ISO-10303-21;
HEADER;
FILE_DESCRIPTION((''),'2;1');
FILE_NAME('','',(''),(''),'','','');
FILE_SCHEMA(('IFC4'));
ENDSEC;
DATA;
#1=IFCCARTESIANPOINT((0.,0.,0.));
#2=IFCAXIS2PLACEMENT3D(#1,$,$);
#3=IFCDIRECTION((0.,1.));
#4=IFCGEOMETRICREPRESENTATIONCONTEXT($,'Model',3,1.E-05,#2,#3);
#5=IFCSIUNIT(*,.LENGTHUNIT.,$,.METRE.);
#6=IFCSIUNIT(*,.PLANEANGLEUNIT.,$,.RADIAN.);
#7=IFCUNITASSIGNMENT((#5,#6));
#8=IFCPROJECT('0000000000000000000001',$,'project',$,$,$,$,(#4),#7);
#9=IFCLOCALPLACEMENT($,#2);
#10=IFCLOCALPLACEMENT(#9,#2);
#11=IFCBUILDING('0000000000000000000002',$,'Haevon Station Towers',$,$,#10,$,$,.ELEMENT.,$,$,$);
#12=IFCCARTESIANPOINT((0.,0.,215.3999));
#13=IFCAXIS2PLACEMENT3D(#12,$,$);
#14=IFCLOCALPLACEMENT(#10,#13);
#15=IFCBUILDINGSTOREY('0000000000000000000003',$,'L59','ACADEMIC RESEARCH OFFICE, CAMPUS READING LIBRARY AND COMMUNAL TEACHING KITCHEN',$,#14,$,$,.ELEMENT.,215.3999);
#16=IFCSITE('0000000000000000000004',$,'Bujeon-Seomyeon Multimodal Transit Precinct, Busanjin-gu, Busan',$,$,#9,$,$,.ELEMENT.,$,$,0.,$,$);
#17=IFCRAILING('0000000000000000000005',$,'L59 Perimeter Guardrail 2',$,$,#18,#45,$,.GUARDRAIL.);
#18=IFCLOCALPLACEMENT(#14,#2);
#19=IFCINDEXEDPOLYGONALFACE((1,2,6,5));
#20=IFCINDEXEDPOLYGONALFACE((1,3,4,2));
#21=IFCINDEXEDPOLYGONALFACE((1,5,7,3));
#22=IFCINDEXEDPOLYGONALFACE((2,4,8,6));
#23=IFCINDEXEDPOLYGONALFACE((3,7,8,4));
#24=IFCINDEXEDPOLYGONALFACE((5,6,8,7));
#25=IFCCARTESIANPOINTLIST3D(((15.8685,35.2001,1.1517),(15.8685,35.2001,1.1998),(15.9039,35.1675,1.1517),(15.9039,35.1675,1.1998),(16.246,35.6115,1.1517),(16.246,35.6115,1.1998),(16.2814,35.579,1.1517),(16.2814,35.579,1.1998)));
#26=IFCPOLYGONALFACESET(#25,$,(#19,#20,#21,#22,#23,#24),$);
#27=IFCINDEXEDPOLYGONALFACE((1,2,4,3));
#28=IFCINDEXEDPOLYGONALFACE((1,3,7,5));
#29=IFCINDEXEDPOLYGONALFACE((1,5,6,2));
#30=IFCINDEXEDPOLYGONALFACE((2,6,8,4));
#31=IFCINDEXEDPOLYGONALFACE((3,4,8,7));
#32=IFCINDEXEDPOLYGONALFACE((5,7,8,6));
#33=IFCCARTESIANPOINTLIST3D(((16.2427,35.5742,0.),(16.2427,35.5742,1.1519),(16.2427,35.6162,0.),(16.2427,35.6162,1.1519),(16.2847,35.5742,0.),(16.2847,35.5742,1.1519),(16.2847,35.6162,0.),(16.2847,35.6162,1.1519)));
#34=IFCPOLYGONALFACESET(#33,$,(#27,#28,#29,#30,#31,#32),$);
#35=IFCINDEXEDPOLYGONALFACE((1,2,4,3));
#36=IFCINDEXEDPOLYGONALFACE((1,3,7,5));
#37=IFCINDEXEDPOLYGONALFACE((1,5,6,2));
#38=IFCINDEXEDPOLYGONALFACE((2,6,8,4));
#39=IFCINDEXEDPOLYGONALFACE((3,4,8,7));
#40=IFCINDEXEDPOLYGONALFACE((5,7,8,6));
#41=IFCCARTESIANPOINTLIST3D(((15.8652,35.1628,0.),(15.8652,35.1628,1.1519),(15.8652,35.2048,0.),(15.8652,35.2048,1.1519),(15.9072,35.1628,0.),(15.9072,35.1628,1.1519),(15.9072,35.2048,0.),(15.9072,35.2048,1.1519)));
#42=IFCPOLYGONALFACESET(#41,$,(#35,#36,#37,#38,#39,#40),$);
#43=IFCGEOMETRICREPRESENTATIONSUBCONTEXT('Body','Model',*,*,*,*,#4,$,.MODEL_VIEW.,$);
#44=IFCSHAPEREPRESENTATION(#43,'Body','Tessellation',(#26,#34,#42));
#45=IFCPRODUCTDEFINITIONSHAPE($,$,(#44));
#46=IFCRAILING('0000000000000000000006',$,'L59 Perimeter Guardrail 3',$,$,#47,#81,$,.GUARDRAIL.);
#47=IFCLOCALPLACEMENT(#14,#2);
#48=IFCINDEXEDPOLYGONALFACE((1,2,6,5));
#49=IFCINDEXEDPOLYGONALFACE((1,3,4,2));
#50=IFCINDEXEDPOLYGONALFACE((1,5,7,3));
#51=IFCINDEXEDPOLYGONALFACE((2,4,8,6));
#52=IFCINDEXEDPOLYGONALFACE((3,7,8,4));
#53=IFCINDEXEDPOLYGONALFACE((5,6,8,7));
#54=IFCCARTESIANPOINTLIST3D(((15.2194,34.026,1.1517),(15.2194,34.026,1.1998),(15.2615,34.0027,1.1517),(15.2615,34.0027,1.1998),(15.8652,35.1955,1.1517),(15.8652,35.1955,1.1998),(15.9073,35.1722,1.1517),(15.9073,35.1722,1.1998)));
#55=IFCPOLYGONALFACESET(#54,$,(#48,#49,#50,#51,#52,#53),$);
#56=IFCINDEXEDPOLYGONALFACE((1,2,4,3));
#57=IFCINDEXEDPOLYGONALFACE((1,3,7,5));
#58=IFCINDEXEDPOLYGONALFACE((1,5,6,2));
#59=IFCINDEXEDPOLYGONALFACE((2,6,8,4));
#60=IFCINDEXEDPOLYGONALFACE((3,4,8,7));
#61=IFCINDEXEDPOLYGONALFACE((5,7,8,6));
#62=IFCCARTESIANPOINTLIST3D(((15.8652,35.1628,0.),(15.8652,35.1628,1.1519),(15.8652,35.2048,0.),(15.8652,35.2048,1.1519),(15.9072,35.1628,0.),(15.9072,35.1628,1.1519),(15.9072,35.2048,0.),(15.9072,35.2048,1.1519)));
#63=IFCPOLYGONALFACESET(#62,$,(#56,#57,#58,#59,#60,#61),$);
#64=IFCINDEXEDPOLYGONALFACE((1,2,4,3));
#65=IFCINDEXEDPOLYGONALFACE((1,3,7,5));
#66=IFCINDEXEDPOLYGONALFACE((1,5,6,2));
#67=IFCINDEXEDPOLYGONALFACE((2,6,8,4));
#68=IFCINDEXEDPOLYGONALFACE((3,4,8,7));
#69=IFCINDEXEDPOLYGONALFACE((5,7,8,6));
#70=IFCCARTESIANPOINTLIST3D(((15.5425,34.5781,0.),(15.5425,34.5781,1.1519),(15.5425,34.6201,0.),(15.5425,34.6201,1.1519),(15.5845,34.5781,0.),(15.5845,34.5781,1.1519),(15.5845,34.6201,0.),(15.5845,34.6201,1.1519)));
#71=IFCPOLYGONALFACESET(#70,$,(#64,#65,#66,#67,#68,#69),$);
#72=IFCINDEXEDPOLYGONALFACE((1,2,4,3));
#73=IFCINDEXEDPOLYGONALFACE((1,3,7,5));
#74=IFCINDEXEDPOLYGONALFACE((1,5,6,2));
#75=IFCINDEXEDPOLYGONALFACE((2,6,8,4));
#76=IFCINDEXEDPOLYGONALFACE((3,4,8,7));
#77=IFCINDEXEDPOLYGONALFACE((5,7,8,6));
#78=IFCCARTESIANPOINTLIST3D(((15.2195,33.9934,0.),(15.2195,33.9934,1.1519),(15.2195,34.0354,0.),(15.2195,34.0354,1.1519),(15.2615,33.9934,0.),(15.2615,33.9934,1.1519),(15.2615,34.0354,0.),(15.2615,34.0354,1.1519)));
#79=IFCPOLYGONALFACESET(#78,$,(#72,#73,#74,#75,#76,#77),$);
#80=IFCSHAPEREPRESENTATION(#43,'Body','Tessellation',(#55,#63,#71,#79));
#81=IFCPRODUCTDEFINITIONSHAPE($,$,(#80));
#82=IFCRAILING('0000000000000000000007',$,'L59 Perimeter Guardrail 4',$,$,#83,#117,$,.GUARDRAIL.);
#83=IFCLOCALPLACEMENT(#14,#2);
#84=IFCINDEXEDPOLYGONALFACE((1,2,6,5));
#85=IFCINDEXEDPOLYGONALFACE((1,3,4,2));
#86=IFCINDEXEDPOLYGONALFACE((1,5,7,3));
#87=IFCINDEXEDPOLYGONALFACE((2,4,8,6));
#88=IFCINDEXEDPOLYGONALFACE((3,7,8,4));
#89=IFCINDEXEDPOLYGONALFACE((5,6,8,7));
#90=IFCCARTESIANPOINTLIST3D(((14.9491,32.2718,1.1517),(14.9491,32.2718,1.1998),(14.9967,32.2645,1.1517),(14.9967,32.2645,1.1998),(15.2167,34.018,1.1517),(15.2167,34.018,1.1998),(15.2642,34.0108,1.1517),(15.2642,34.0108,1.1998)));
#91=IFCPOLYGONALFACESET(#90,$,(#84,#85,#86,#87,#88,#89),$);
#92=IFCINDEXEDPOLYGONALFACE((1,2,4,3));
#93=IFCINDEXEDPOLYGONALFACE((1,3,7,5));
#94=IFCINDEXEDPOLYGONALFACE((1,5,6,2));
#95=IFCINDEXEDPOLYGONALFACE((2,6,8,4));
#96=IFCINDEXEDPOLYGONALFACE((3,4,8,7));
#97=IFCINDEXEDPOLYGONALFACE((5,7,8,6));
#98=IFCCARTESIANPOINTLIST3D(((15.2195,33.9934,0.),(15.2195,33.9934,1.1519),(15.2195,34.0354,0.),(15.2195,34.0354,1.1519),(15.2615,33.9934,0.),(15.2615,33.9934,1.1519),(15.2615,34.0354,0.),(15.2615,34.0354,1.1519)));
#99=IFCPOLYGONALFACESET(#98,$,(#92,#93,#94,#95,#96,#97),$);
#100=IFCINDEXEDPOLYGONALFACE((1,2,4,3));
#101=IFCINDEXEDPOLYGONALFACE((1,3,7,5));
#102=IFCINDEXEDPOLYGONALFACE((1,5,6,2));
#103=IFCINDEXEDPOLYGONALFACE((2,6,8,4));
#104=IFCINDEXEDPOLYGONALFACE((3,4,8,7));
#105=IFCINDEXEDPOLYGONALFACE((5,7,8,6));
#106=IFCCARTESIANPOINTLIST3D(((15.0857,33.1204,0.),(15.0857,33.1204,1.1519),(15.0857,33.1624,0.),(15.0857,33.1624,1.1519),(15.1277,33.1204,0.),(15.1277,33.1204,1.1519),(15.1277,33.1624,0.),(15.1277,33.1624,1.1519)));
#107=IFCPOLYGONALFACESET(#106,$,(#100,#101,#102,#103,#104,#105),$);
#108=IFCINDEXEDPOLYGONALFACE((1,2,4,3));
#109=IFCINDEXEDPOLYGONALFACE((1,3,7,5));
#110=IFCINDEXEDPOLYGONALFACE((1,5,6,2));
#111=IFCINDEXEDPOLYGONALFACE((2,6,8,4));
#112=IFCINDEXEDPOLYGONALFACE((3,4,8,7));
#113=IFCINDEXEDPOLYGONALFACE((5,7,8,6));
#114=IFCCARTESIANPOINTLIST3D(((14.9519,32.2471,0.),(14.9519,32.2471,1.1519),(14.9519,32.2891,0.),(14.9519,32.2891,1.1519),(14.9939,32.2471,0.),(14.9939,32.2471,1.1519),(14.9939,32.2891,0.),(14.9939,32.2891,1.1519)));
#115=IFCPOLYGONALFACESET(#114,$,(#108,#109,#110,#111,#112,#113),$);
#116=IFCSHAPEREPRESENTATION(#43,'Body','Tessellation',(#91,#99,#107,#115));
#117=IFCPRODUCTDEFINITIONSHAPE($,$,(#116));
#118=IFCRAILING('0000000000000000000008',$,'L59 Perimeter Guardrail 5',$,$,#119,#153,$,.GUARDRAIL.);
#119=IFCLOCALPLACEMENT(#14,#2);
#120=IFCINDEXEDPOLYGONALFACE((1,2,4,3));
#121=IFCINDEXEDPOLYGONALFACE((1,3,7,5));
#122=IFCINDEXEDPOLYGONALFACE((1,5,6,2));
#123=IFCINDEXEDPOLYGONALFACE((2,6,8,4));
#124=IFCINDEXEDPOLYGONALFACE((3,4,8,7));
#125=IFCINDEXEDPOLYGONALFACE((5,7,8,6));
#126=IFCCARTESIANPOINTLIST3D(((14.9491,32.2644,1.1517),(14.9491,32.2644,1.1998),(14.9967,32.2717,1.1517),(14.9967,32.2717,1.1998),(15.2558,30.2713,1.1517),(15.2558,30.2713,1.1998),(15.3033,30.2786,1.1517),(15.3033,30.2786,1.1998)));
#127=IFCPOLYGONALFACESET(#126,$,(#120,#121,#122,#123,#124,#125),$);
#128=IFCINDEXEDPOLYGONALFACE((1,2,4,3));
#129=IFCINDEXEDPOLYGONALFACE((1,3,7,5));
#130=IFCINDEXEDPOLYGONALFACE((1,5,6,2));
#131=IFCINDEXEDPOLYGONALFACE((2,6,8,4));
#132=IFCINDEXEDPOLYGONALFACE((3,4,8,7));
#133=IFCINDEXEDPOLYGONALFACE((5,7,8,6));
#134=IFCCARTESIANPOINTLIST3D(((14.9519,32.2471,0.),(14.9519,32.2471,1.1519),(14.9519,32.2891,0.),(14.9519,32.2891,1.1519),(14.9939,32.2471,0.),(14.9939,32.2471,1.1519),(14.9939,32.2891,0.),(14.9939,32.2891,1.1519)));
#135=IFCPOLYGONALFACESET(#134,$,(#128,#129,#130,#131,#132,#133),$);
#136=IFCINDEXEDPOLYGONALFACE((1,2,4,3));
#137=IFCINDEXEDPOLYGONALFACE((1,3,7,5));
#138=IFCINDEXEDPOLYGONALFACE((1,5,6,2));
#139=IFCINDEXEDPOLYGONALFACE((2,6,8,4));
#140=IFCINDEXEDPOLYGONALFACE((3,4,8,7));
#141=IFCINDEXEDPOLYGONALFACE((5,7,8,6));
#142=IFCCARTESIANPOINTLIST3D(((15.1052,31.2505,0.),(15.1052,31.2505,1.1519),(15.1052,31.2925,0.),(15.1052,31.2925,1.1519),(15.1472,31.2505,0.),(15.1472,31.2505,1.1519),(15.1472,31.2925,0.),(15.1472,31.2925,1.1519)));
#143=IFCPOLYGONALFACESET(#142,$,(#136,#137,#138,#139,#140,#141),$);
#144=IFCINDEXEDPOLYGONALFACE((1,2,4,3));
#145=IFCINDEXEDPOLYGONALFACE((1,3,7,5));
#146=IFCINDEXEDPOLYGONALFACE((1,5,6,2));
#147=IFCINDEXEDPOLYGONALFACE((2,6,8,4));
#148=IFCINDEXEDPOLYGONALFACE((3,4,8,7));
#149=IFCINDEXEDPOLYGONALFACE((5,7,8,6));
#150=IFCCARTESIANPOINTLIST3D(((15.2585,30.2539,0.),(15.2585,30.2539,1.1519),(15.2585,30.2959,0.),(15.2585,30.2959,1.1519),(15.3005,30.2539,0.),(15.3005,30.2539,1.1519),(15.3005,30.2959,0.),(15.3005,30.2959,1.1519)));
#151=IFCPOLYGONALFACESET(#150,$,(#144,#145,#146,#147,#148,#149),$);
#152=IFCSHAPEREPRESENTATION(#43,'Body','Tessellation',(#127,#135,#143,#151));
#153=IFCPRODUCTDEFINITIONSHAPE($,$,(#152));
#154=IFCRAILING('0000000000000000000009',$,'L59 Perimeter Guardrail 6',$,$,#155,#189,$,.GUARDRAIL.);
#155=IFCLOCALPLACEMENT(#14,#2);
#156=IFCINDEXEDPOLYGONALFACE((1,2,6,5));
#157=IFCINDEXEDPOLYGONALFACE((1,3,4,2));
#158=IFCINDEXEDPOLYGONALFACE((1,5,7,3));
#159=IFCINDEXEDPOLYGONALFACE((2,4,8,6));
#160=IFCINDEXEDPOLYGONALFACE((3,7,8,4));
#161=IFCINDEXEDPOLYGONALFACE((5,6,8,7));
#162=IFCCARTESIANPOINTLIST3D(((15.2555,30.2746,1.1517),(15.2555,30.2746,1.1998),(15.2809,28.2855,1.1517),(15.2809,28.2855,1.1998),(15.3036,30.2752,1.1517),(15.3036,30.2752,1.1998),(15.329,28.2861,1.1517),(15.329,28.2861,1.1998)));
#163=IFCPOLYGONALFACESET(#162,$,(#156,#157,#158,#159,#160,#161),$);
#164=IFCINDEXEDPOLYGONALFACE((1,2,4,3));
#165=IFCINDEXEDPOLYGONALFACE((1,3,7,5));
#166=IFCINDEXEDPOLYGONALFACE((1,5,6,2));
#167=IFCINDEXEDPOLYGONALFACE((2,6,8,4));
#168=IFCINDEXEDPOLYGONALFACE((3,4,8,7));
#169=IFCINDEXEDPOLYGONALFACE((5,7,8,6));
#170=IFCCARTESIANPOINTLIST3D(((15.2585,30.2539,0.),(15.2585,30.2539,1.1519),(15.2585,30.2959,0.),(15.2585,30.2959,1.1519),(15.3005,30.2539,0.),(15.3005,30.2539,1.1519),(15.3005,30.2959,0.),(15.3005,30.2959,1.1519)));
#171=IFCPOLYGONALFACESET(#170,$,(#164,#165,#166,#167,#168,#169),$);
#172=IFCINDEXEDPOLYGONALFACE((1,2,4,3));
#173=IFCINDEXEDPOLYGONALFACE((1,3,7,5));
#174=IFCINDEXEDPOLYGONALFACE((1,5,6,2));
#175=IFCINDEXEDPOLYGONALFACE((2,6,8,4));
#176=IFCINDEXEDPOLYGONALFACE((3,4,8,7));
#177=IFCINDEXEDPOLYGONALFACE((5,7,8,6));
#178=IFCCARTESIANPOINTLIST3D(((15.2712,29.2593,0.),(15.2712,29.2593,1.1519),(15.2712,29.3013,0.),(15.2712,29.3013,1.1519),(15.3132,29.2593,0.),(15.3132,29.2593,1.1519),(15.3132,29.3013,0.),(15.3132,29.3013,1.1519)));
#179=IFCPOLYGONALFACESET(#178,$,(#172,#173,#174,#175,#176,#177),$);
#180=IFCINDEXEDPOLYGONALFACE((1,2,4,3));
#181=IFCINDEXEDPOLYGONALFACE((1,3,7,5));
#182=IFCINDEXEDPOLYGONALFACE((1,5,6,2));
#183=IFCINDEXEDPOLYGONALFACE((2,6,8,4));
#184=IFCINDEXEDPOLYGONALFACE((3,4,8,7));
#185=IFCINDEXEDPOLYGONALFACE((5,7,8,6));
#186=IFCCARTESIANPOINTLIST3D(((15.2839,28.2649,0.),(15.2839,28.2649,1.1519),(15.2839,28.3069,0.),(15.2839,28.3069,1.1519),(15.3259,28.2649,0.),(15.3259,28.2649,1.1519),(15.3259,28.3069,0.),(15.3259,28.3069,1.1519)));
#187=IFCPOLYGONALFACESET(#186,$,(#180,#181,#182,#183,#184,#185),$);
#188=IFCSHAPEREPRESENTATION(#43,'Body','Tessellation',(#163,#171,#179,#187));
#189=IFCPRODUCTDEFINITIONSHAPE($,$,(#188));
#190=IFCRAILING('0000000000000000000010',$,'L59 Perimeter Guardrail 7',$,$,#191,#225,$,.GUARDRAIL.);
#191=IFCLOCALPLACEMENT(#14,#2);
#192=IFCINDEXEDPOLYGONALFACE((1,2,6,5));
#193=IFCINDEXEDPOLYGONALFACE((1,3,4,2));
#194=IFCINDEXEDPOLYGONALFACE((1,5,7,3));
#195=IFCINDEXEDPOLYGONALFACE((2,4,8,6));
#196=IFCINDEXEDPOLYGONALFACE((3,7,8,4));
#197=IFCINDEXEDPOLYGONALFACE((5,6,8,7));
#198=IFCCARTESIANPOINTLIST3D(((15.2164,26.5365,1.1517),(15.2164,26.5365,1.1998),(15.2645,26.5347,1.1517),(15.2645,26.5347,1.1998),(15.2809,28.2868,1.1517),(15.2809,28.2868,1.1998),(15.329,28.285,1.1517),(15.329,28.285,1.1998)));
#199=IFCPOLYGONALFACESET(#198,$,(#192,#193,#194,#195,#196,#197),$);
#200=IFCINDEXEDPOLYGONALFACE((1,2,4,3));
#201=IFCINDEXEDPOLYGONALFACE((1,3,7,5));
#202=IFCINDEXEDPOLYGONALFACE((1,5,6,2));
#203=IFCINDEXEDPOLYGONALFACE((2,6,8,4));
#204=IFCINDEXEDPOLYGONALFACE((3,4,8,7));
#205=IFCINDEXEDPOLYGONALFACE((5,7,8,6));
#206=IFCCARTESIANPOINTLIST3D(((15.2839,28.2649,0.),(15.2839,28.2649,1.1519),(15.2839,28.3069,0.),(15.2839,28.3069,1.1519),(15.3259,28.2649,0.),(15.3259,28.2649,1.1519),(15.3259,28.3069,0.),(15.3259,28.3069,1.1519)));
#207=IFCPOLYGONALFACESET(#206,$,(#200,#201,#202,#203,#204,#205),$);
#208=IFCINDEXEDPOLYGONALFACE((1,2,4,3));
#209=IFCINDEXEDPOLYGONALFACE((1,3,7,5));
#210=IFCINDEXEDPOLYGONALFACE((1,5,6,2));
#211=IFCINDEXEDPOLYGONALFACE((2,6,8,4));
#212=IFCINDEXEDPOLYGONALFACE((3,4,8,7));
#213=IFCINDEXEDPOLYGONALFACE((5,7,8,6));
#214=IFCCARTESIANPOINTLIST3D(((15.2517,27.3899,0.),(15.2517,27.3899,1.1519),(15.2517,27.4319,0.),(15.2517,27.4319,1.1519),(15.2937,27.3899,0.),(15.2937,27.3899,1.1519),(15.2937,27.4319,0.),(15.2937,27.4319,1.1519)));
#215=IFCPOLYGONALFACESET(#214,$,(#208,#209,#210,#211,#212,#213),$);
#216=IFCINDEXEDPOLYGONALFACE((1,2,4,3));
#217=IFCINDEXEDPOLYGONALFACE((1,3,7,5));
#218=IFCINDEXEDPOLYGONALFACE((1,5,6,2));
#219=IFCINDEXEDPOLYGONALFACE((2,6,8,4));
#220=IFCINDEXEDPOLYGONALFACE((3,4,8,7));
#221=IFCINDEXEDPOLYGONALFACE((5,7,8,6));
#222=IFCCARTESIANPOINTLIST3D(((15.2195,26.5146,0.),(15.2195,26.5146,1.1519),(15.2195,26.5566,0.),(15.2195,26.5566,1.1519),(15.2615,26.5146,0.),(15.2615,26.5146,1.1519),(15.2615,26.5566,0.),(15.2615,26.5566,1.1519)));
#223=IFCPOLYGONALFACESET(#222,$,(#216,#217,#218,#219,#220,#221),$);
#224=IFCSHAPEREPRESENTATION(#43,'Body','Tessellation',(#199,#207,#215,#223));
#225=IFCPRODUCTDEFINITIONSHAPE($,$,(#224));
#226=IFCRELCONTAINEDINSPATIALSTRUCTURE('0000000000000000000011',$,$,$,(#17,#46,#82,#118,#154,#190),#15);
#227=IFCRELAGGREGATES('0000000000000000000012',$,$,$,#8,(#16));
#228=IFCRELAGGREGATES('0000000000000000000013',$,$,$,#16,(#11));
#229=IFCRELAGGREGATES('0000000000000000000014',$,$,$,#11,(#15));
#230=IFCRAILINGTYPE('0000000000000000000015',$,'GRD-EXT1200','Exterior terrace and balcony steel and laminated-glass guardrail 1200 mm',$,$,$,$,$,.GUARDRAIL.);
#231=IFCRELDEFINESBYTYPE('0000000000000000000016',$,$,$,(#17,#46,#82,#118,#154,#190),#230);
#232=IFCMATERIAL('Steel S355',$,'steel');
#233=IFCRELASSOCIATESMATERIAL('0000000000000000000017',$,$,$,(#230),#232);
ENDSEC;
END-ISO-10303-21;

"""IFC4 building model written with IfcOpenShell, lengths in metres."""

from ifc_helpers import new_model, si_unit, direction, frame, origin, origin_2d, place, context, subcontext, project, spatial, rectangle, extrude, material, type_object, element, save


model = new_model("IFC4")

# Units and contexts
model_context = context("Model", 3, precision=1e-05, world=origin(), true_north=direction((0.0, 1.0)))
body_context = subcontext(model_context, "Body", "Model", "MODEL_VIEW")
ifc_project = project(units=[si_unit("LENGTHUNIT", "METRE"), si_unit("PLANEANGLEUNIT", "RADIAN")], contexts=[model_context])

# Site, building, storey
site_placement = place(None, origin())
site = spatial("IfcSite", under=ifc_project, at=site_placement, Name="Bujeon-Seomyeon Multimodal Transit Precinct, Busanjin-gu, Busan", CompositionType="ELEMENT", RefElevation=0.0)
building_placement = place(site_placement, origin())
building = spatial("IfcBuilding", under=site, at=building_placement, Name="Haevon Station Towers", CompositionType="ELEMENT")
storey_placement = place(building_placement, frame((0.0, 0.0, 215.3999)))
storey = spatial("IfcBuildingStorey", under=building, at=storey_placement, Name="L59", Description="ACADEMIC RESEARCH OFFICE, CAMPUS READING LIBRARY AND COMMUNAL TEACHING KITCHEN", CompositionType="ELEMENT", Elevation=215.3999)

# Shared definitions
ifc_material_1 = material(Name="Steel S355", Category="steel")

# Railings
railing_type = type_object("IfcRailingType", Name="GRD-EXT1200", Description="Exterior terrace and balcony steel and laminated-glass guardrail 1200 mm", PredefinedType="GUARDRAIL", material=ifc_material_1)
railing_1_placement = place(storey_placement, frame((16.2637, 35.5952, 0.0)))
element("IfcRailing", 1, at=railing_1_placement, inside=storey, type_object=railing_type, Name="L59 Perimeter Guardrail 2", PredefinedType="GUARDRAIL", context=body_context, shape_type="SweptSolid", body=[
    extrude(rectangle(XDim=0.0481, YDim=0.0481, at=origin_2d()), frame((0.0, 0.0, 1.1758), z_axis=(-0.676061, -0.736845, 0.0), x_axis=(0.736845, -0.676061, 0.0)), (0.0, 0.0, 1.0), 0.5583),
    extrude(rectangle(XDim=0.042, YDim=0.042, at=origin_2d()), origin(), (0.0, 0.0, 1.0), 1.1519),
    extrude(rectangle(XDim=0.042, YDim=0.042, at=origin_2d()), frame((-0.3774, -0.4114, 0.0)), (0.0, 0.0, 1.0), 1.1519),
])
railing_2_placement = place(storey_placement, frame((15.8862, 35.1838, 0.0)))
element("IfcRailing", 2, at=railing_2_placement, inside=storey, type_object=railing_type, Name="L59 Perimeter Guardrail 3", PredefinedType="GUARDRAIL", context=body_context, shape_type="SweptSolid", body=[
    extrude(rectangle(XDim=0.0481, YDim=0.0481, at=origin_2d()), frame((0.0, 0.0, 1.1758), z_axis=(-0.483391, -0.875404, 0.0), x_axis=(0.875404, -0.483391, 0.0)), (0.0, 0.0, 1.0), 1.3359),
    extrude(rectangle(XDim=0.042, YDim=0.042, at=origin_2d()), origin(), (0.0, 0.0, 1.0), 1.1519),
    extrude(rectangle(XDim=0.042, YDim=0.042, at=origin_2d()), frame((-0.3228, -0.5847, 0.0)), (0.0, 0.0, 1.0), 1.1519),
    extrude(rectangle(XDim=0.042, YDim=0.042, at=origin_2d()), frame((-0.6458, -1.1694, 0.0)), (0.0, 0.0, 1.0), 1.1519),
])
railing_3_placement = place(storey_placement, frame((15.2405, 34.0144, 0.0)))
element("IfcRailing", 3, at=railing_3_placement, inside=storey, type_object=railing_type, Name="L59 Perimeter Guardrail 4", PredefinedType="GUARDRAIL", context=body_context, shape_type="SweptSolid", body=[
    extrude(rectangle(XDim=0.0481, YDim=0.0481, at=origin_2d()), frame((0.0, 0.0, 1.1758), z_axis=(-0.151455, -0.988464, 0.0), x_axis=(0.988464, -0.151455, 0.0)), (0.0, 0.0, 1.0), 1.7666),
    extrude(rectangle(XDim=0.042, YDim=0.042, at=origin_2d()), origin(), (0.0, 0.0, 1.0), 1.1519),
    extrude(rectangle(XDim=0.042, YDim=0.042, at=origin_2d()), frame((-0.1338, -0.873, 0.0)), (0.0, 0.0, 1.0), 1.1519),
    extrude(rectangle(XDim=0.042, YDim=0.042, at=origin_2d()), frame((-0.2676, -1.7463, 0.0)), (0.0, 0.0, 1.0), 1.1519),
])
railing_4_placement = place(storey_placement, frame((14.9729, 32.2681, 0.0)))
element("IfcRailing", 4, at=railing_4_placement, inside=storey, type_object=railing_type, Name="L59 Perimeter Guardrail 5", PredefinedType="GUARDRAIL", context=body_context, shape_type="SweptSolid", body=[
    extrude(rectangle(XDim=0.0481, YDim=0.0481, at=origin_2d()), frame((0.0, 0.0, 1.1758), z_axis=(0.152057, -0.988372, 0.0), x_axis=(0.988372, 0.152057, 0.0)), (0.0, 0.0, 1.0), 2.0166),
    extrude(rectangle(XDim=0.042, YDim=0.042, at=origin_2d()), origin(), (0.0, 0.0, 1.0), 1.1519),
    extrude(rectangle(XDim=0.042, YDim=0.042, at=origin_2d()), frame((0.1533, -0.9966, 0.0)), (0.0, 0.0, 1.0), 1.1519),
    extrude(rectangle(XDim=0.042, YDim=0.042, at=origin_2d()), frame((0.3066, -1.9932, 0.0)), (0.0, 0.0, 1.0), 1.1519),
])
railing_5_placement = place(storey_placement, frame((15.2795, 30.2749, 0.0)))
element("IfcRailing", 5, at=railing_5_placement, inside=storey, type_object=railing_type, Name="L59 Perimeter Guardrail 6", PredefinedType="GUARDRAIL", context=body_context, shape_type="SweptSolid", body=[
    extrude(rectangle(XDim=0.0481, YDim=0.0481, at=origin_2d()), frame((0.0, 0.0, 1.1758), z_axis=(0.012764, -0.999919, 0.0), x_axis=(0.999919, 0.012764, 0.0)), (0.0, 0.0, 1.0), 1.9893),
    extrude(rectangle(XDim=0.042, YDim=0.042, at=origin_2d()), origin(), (0.0, 0.0, 1.0), 1.1519),
    extrude(rectangle(XDim=0.042, YDim=0.042, at=origin_2d()), frame((0.0127, -0.9946, 0.0)), (0.0, 0.0, 1.0), 1.1519),
    extrude(rectangle(XDim=0.042, YDim=0.042, at=origin_2d()), frame((0.0254, -1.989, 0.0)), (0.0, 0.0, 1.0), 1.1519),
])
railing_6_placement = place(storey_placement, frame((15.3049, 28.2859, 0.0)))
element("IfcRailing", 6, at=railing_6_placement, inside=storey, type_object=railing_type, Name="L59 Perimeter Guardrail 7", PredefinedType="GUARDRAIL", context=body_context, shape_type="SweptSolid", body=[
    extrude(rectangle(XDim=0.0481, YDim=0.0481, at=origin_2d()), frame((0.0, 0.0, 1.1758), z_axis=(-0.0368, -0.999323, 0.0), x_axis=(0.999323, -0.0368, 0.0)), (0.0, 0.0, 1.0), 1.7515),
    extrude(rectangle(XDim=0.042, YDim=0.042, at=origin_2d()), origin(), (0.0, 0.0, 1.0), 1.1519),
    extrude(rectangle(XDim=0.042, YDim=0.042, at=origin_2d()), frame((-0.0322, -0.875, 0.0)), (0.0, 0.0, 1.0), 1.1519),
    extrude(rectangle(XDim=0.042, YDim=0.042, at=origin_2d()), frame((-0.0645, -1.7502, 0.0)), (0.0, 0.0, 1.0), 1.1519),
])

save(model, "model.ifc")
